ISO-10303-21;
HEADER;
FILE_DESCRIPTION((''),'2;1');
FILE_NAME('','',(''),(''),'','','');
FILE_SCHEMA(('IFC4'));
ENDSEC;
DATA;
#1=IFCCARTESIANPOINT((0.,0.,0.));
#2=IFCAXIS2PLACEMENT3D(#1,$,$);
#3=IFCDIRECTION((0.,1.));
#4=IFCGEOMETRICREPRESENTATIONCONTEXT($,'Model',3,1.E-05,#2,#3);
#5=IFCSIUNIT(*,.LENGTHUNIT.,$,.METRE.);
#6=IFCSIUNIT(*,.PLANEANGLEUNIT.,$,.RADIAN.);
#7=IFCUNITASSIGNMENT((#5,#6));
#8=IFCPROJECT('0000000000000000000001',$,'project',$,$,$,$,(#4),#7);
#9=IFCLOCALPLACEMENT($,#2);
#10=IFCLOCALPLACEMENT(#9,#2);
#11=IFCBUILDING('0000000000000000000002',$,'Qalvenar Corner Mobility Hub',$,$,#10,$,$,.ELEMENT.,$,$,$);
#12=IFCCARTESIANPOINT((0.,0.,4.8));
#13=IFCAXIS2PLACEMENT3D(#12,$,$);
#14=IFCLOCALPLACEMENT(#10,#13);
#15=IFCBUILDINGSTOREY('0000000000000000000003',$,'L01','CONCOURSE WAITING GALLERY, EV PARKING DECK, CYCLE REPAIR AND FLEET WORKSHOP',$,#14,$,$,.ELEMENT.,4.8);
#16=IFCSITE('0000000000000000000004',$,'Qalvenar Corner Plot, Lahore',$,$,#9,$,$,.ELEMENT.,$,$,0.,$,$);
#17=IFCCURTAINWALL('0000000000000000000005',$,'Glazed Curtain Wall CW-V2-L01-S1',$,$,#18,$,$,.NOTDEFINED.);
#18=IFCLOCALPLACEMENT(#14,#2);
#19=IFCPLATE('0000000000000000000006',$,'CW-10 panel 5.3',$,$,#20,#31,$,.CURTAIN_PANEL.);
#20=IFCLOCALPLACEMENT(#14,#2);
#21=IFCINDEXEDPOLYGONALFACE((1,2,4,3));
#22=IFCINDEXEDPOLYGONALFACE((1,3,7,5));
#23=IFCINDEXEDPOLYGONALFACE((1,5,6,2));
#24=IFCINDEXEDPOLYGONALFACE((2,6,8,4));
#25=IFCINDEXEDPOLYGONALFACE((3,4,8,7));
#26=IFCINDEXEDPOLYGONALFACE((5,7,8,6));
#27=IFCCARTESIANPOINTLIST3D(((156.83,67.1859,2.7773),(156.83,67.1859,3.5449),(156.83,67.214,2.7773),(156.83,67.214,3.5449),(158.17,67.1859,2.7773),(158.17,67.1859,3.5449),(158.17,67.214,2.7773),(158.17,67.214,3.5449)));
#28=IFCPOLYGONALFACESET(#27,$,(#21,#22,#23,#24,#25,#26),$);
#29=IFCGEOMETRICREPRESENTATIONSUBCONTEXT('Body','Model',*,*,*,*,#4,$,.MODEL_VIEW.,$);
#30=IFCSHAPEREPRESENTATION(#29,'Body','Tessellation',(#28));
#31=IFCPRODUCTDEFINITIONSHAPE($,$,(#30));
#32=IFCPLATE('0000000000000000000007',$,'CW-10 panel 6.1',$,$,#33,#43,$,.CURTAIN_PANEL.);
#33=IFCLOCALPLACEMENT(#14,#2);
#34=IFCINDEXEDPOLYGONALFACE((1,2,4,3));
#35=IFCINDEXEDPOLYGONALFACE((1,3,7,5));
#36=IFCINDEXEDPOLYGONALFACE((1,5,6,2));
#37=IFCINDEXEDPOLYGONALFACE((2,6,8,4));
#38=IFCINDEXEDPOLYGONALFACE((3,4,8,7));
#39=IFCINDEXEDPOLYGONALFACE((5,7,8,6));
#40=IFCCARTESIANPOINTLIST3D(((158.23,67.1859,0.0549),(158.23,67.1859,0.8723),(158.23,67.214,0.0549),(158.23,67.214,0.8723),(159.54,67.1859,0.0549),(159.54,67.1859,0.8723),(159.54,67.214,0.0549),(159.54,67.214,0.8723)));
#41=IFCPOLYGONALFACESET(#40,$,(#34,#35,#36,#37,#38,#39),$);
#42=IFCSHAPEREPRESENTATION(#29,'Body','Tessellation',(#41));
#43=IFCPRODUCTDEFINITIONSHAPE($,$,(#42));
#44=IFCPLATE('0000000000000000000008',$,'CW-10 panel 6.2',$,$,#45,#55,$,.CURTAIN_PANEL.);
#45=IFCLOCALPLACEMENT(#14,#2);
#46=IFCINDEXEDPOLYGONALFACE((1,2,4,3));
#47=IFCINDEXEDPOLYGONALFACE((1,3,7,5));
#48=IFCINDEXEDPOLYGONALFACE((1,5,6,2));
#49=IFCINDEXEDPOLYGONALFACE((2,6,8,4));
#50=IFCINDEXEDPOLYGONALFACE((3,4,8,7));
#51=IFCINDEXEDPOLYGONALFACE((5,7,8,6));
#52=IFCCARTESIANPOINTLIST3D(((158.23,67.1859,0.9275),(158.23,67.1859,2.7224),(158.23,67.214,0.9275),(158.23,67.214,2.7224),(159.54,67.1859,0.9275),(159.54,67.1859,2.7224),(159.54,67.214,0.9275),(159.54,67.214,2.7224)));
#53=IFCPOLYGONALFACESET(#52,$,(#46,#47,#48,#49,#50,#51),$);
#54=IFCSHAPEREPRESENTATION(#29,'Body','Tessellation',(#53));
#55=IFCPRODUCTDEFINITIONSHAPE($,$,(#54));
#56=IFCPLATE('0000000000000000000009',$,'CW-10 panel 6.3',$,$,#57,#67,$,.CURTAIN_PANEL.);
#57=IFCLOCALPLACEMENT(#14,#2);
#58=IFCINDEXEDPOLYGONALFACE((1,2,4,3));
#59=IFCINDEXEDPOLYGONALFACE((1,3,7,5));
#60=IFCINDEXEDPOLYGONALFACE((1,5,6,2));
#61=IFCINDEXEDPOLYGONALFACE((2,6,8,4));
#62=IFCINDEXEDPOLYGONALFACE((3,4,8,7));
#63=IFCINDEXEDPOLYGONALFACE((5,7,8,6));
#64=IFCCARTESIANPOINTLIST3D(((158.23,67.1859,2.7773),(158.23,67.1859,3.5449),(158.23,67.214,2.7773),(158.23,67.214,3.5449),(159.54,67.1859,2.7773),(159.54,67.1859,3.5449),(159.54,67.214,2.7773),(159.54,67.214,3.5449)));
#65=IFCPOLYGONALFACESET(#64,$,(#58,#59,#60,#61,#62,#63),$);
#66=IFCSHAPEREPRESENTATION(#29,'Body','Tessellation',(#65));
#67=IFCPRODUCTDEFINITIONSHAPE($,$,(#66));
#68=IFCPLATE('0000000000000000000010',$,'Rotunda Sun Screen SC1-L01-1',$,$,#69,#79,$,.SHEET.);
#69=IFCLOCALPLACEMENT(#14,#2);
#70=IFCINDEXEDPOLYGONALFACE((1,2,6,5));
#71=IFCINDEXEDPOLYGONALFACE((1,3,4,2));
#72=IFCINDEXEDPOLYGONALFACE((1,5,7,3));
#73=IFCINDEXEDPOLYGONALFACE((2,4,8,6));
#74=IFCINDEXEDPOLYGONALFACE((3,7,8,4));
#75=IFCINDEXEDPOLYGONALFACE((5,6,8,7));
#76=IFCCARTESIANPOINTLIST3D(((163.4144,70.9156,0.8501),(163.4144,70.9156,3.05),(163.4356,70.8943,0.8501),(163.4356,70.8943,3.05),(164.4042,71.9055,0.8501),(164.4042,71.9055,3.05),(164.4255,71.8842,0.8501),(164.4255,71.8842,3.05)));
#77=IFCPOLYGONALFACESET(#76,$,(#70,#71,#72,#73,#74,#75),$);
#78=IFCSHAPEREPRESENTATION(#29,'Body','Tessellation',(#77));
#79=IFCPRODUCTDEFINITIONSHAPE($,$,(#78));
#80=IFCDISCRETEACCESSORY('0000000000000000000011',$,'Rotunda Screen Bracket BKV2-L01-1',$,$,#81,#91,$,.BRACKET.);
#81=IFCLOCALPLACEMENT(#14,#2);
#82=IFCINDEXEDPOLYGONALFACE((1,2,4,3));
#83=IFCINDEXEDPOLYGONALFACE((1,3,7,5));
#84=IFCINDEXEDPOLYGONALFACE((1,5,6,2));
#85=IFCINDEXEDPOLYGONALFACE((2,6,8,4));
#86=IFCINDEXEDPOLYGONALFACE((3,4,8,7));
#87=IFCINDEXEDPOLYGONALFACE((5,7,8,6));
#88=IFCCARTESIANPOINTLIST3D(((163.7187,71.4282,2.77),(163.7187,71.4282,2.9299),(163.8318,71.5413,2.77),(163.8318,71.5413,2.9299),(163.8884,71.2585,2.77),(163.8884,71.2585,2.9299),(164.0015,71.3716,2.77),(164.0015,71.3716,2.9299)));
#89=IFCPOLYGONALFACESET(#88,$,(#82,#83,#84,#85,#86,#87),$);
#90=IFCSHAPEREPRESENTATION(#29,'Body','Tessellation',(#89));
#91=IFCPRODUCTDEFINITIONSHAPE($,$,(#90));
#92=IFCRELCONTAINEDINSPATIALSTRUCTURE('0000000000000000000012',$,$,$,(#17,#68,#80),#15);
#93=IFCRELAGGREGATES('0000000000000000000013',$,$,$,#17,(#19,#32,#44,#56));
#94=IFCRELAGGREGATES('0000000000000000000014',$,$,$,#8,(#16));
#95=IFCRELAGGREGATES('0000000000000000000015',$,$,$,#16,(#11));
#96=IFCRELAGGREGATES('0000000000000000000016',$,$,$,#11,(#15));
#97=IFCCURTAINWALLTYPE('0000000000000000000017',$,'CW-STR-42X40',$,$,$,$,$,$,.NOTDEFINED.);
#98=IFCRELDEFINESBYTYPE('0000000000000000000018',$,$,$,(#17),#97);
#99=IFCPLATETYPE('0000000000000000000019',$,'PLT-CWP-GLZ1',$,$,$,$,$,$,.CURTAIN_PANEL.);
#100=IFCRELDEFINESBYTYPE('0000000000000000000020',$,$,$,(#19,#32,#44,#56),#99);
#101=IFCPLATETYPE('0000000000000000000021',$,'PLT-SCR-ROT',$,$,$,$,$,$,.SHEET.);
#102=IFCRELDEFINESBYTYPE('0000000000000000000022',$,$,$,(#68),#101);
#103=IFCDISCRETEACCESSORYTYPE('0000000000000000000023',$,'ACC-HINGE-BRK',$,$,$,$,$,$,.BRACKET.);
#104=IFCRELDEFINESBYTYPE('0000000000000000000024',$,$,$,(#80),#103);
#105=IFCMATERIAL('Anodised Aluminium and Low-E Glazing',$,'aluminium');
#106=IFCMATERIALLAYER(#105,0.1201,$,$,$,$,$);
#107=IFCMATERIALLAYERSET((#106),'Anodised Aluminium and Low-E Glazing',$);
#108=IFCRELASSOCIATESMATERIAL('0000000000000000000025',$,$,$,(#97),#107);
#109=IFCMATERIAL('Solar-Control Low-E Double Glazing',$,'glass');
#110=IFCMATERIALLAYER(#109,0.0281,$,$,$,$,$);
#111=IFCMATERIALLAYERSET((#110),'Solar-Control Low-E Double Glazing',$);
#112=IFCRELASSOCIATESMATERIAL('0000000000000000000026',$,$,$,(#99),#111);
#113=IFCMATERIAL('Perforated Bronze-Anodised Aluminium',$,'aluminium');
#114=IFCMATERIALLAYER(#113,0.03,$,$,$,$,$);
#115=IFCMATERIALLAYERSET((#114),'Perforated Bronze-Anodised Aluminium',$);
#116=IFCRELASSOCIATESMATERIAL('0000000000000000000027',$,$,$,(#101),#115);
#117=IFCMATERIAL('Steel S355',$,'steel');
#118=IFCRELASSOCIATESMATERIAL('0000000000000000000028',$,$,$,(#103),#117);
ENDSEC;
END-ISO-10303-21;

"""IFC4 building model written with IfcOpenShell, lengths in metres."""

from ifc_helpers import new_model, si_unit, direction, frame, origin, origin_2d, place, context, subcontext, project, spatial, rectangle, extrude, material, layer, layer_set, type_object, element, aggregate, save


model = new_model("IFC4")

# Units and contexts
model_context = context("Model", 3, precision=1e-05, world=origin(), true_north=direction((0.0, 1.0)))
body_context = subcontext(model_context, "Body", "Model", "MODEL_VIEW")
ifc_project = project(units=[si_unit("LENGTHUNIT", "METRE"), si_unit("PLANEANGLEUNIT", "RADIAN")], contexts=[model_context])

# Site, building, storey
site_placement = place(None, origin())
site = spatial("IfcSite", under=ifc_project, at=site_placement, Name="Qalvenar Corner Plot, Lahore", CompositionType="ELEMENT", RefElevation=0.0)
building_placement = place(site_placement, origin())
building = spatial("IfcBuilding", under=site, at=building_placement, Name="Qalvenar Corner Mobility Hub", CompositionType="ELEMENT")
storey_placement = place(building_placement, frame((0.0, 0.0, 4.8)))
storey = spatial("IfcBuildingStorey", under=building, at=storey_placement, Name="L01", Description="CONCOURSE WAITING GALLERY, EV PARKING DECK, CYCLE REPAIR AND FLEET WORKSHOP", CompositionType="ELEMENT", Elevation=4.8)

# Shared definitions
ifc_material_1 = material(Name="Steel S355", Category="steel")

# Curtain wall
ifc_material_2 = material(Name="Anodised Aluminium and Low-E Glazing", Category="aluminium")
ifc_layer_1 = layer(ifc_material_2, 0.1201)
ifc_layer_set_1 = layer_set([ifc_layer_1], Name="Anodised Aluminium and Low-E Glazing")
curtain_wall_type = type_object("IfcCurtainWallType", Name="CW-STR-42X40", PredefinedType="NOTDEFINED", material=ifc_layer_set_1)
curtain_wall_placement = place(storey_placement, origin())
curtain_wall = element("IfcCurtainWall", 1, at=curtain_wall_placement, inside=storey, type_object=curtain_wall_type, Name="Glazed Curtain Wall CW-V2-L01-S1", PredefinedType="NOTDEFINED")

# Plates
ifc_material_3 = material(Name="Solar-Control Low-E Double Glazing", Category="glass")
ifc_layer_2 = layer(ifc_material_3, 0.0281)
ifc_layer_set_2 = layer_set([ifc_layer_2], Name="Solar-Control Low-E Double Glazing")
plate_type_1 = type_object("IfcPlateType", Name="PLT-CWP-GLZ1", PredefinedType="CURTAIN_PANEL", material=ifc_layer_set_2)
plate_1_placement = place(storey_placement, frame((157.5, 67.2, 2.7773), z_axis=(0.0, 0.0, 1.0), x_axis=(1.0, 0.0, 0.0)))
plate_1 = element("IfcPlate", 2, at=plate_1_placement, type_object=plate_type_1, Name="CW-10 panel 5.3", PredefinedType="CURTAIN_PANEL", context=body_context, shape_type="SweptSolid", body=[
    extrude(rectangle(XDim=1.3401, YDim=0.0281, at=origin_2d()), origin(), (0.0, 0.0, 1.0), 0.7676),
])
plate_2_placement = place(storey_placement, frame((158.885, 67.2, 0.0549), z_axis=(0.0, 0.0, 1.0), x_axis=(1.0, 0.0, 0.0)))
plate_2 = element("IfcPlate", 3, at=plate_2_placement, type_object=plate_type_1, Name="CW-10 panel 6.1", PredefinedType="CURTAIN_PANEL", context=body_context, shape_type="SweptSolid", body=[
    extrude(rectangle(XDim=1.3101, YDim=0.0281, at=origin_2d()), origin(), (0.0, 0.0, 1.0), 0.8174),
])
plate_3_placement = place(storey_placement, frame((158.885, 67.2, 0.9275), z_axis=(0.0, 0.0, 1.0), x_axis=(1.0, 0.0, 0.0)))
plate_3 = element("IfcPlate", 4, at=plate_3_placement, type_object=plate_type_1, Name="CW-10 panel 6.2", PredefinedType="CURTAIN_PANEL", context=body_context, shape_type="SweptSolid", body=[
    extrude(rectangle(XDim=1.3101, YDim=0.0281, at=origin_2d()), origin(), (0.0, 0.0, 1.0), 1.7949),
])
plate_4_placement = place(storey_placement, frame((158.885, 67.2, 2.7773), z_axis=(0.0, 0.0, 1.0), x_axis=(1.0, 0.0, 0.0)))
plate_4 = element("IfcPlate", 5, at=plate_4_placement, type_object=plate_type_1, Name="CW-10 panel 6.3", PredefinedType="CURTAIN_PANEL", context=body_context, shape_type="SweptSolid", body=[
    extrude(rectangle(XDim=1.3101, YDim=0.0281, at=origin_2d()), origin(), (0.0, 0.0, 1.0), 0.7676),
])
aggregate(curtain_wall, [plate_1, plate_2, plate_3, plate_4])
ifc_material_4 = material(Name="Perforated Bronze-Anodised Aluminium", Category="aluminium")
ifc_layer_3 = layer(ifc_material_4, 0.03)
ifc_layer_set_3 = layer_set([ifc_layer_3], Name="Perforated Bronze-Anodised Aluminium")
plate_type_2 = type_object("IfcPlateType", Name="PLT-SCR-ROT", PredefinedType="SHEET", material=ifc_layer_set_3)
plate_5_placement = place(storey_placement, frame((163.9199, 71.3999, 0.8501), z_axis=(0.0, 0.0, 1.0), x_axis=(0.707107, 0.707107, 0.0)))
element("IfcPlate", 6, at=plate_5_placement, inside=storey, type_object=plate_type_2, Name="Rotunda Sun Screen SC1-L01-1", PredefinedType="SHEET", context=body_context, shape_type="SweptSolid", body=[
    extrude(rectangle(XDim=1.3999, YDim=0.03, at=origin_2d()), origin(), (0.0, 0.0, 1.0), 2.2),
])

# Discrete accessory
discrete_accessory_type = type_object("IfcDiscreteAccessoryType", Name="ACC-HINGE-BRK", PredefinedType="BRACKET", material=ifc_material_1)
discrete_accessory_placement = place(storey_placement, frame((163.8601, 71.3999, 2.77), z_axis=(0.0, 0.0, 1.0), x_axis=(0.707107, 0.707107, 0.0)))
element("IfcDiscreteAccessory", 7, at=discrete_accessory_placement, inside=storey, type_object=discrete_accessory_type, Name="Rotunda Screen Bracket BKV2-L01-1", PredefinedType="BRACKET", context=body_context, shape_type="SweptSolid", body=[
    extrude(rectangle(XDim=0.1599, YDim=0.24, at=origin_2d()), origin(), (0.0, 0.0, 1.0), 0.1599),
])

save(model, "model.ifc")
